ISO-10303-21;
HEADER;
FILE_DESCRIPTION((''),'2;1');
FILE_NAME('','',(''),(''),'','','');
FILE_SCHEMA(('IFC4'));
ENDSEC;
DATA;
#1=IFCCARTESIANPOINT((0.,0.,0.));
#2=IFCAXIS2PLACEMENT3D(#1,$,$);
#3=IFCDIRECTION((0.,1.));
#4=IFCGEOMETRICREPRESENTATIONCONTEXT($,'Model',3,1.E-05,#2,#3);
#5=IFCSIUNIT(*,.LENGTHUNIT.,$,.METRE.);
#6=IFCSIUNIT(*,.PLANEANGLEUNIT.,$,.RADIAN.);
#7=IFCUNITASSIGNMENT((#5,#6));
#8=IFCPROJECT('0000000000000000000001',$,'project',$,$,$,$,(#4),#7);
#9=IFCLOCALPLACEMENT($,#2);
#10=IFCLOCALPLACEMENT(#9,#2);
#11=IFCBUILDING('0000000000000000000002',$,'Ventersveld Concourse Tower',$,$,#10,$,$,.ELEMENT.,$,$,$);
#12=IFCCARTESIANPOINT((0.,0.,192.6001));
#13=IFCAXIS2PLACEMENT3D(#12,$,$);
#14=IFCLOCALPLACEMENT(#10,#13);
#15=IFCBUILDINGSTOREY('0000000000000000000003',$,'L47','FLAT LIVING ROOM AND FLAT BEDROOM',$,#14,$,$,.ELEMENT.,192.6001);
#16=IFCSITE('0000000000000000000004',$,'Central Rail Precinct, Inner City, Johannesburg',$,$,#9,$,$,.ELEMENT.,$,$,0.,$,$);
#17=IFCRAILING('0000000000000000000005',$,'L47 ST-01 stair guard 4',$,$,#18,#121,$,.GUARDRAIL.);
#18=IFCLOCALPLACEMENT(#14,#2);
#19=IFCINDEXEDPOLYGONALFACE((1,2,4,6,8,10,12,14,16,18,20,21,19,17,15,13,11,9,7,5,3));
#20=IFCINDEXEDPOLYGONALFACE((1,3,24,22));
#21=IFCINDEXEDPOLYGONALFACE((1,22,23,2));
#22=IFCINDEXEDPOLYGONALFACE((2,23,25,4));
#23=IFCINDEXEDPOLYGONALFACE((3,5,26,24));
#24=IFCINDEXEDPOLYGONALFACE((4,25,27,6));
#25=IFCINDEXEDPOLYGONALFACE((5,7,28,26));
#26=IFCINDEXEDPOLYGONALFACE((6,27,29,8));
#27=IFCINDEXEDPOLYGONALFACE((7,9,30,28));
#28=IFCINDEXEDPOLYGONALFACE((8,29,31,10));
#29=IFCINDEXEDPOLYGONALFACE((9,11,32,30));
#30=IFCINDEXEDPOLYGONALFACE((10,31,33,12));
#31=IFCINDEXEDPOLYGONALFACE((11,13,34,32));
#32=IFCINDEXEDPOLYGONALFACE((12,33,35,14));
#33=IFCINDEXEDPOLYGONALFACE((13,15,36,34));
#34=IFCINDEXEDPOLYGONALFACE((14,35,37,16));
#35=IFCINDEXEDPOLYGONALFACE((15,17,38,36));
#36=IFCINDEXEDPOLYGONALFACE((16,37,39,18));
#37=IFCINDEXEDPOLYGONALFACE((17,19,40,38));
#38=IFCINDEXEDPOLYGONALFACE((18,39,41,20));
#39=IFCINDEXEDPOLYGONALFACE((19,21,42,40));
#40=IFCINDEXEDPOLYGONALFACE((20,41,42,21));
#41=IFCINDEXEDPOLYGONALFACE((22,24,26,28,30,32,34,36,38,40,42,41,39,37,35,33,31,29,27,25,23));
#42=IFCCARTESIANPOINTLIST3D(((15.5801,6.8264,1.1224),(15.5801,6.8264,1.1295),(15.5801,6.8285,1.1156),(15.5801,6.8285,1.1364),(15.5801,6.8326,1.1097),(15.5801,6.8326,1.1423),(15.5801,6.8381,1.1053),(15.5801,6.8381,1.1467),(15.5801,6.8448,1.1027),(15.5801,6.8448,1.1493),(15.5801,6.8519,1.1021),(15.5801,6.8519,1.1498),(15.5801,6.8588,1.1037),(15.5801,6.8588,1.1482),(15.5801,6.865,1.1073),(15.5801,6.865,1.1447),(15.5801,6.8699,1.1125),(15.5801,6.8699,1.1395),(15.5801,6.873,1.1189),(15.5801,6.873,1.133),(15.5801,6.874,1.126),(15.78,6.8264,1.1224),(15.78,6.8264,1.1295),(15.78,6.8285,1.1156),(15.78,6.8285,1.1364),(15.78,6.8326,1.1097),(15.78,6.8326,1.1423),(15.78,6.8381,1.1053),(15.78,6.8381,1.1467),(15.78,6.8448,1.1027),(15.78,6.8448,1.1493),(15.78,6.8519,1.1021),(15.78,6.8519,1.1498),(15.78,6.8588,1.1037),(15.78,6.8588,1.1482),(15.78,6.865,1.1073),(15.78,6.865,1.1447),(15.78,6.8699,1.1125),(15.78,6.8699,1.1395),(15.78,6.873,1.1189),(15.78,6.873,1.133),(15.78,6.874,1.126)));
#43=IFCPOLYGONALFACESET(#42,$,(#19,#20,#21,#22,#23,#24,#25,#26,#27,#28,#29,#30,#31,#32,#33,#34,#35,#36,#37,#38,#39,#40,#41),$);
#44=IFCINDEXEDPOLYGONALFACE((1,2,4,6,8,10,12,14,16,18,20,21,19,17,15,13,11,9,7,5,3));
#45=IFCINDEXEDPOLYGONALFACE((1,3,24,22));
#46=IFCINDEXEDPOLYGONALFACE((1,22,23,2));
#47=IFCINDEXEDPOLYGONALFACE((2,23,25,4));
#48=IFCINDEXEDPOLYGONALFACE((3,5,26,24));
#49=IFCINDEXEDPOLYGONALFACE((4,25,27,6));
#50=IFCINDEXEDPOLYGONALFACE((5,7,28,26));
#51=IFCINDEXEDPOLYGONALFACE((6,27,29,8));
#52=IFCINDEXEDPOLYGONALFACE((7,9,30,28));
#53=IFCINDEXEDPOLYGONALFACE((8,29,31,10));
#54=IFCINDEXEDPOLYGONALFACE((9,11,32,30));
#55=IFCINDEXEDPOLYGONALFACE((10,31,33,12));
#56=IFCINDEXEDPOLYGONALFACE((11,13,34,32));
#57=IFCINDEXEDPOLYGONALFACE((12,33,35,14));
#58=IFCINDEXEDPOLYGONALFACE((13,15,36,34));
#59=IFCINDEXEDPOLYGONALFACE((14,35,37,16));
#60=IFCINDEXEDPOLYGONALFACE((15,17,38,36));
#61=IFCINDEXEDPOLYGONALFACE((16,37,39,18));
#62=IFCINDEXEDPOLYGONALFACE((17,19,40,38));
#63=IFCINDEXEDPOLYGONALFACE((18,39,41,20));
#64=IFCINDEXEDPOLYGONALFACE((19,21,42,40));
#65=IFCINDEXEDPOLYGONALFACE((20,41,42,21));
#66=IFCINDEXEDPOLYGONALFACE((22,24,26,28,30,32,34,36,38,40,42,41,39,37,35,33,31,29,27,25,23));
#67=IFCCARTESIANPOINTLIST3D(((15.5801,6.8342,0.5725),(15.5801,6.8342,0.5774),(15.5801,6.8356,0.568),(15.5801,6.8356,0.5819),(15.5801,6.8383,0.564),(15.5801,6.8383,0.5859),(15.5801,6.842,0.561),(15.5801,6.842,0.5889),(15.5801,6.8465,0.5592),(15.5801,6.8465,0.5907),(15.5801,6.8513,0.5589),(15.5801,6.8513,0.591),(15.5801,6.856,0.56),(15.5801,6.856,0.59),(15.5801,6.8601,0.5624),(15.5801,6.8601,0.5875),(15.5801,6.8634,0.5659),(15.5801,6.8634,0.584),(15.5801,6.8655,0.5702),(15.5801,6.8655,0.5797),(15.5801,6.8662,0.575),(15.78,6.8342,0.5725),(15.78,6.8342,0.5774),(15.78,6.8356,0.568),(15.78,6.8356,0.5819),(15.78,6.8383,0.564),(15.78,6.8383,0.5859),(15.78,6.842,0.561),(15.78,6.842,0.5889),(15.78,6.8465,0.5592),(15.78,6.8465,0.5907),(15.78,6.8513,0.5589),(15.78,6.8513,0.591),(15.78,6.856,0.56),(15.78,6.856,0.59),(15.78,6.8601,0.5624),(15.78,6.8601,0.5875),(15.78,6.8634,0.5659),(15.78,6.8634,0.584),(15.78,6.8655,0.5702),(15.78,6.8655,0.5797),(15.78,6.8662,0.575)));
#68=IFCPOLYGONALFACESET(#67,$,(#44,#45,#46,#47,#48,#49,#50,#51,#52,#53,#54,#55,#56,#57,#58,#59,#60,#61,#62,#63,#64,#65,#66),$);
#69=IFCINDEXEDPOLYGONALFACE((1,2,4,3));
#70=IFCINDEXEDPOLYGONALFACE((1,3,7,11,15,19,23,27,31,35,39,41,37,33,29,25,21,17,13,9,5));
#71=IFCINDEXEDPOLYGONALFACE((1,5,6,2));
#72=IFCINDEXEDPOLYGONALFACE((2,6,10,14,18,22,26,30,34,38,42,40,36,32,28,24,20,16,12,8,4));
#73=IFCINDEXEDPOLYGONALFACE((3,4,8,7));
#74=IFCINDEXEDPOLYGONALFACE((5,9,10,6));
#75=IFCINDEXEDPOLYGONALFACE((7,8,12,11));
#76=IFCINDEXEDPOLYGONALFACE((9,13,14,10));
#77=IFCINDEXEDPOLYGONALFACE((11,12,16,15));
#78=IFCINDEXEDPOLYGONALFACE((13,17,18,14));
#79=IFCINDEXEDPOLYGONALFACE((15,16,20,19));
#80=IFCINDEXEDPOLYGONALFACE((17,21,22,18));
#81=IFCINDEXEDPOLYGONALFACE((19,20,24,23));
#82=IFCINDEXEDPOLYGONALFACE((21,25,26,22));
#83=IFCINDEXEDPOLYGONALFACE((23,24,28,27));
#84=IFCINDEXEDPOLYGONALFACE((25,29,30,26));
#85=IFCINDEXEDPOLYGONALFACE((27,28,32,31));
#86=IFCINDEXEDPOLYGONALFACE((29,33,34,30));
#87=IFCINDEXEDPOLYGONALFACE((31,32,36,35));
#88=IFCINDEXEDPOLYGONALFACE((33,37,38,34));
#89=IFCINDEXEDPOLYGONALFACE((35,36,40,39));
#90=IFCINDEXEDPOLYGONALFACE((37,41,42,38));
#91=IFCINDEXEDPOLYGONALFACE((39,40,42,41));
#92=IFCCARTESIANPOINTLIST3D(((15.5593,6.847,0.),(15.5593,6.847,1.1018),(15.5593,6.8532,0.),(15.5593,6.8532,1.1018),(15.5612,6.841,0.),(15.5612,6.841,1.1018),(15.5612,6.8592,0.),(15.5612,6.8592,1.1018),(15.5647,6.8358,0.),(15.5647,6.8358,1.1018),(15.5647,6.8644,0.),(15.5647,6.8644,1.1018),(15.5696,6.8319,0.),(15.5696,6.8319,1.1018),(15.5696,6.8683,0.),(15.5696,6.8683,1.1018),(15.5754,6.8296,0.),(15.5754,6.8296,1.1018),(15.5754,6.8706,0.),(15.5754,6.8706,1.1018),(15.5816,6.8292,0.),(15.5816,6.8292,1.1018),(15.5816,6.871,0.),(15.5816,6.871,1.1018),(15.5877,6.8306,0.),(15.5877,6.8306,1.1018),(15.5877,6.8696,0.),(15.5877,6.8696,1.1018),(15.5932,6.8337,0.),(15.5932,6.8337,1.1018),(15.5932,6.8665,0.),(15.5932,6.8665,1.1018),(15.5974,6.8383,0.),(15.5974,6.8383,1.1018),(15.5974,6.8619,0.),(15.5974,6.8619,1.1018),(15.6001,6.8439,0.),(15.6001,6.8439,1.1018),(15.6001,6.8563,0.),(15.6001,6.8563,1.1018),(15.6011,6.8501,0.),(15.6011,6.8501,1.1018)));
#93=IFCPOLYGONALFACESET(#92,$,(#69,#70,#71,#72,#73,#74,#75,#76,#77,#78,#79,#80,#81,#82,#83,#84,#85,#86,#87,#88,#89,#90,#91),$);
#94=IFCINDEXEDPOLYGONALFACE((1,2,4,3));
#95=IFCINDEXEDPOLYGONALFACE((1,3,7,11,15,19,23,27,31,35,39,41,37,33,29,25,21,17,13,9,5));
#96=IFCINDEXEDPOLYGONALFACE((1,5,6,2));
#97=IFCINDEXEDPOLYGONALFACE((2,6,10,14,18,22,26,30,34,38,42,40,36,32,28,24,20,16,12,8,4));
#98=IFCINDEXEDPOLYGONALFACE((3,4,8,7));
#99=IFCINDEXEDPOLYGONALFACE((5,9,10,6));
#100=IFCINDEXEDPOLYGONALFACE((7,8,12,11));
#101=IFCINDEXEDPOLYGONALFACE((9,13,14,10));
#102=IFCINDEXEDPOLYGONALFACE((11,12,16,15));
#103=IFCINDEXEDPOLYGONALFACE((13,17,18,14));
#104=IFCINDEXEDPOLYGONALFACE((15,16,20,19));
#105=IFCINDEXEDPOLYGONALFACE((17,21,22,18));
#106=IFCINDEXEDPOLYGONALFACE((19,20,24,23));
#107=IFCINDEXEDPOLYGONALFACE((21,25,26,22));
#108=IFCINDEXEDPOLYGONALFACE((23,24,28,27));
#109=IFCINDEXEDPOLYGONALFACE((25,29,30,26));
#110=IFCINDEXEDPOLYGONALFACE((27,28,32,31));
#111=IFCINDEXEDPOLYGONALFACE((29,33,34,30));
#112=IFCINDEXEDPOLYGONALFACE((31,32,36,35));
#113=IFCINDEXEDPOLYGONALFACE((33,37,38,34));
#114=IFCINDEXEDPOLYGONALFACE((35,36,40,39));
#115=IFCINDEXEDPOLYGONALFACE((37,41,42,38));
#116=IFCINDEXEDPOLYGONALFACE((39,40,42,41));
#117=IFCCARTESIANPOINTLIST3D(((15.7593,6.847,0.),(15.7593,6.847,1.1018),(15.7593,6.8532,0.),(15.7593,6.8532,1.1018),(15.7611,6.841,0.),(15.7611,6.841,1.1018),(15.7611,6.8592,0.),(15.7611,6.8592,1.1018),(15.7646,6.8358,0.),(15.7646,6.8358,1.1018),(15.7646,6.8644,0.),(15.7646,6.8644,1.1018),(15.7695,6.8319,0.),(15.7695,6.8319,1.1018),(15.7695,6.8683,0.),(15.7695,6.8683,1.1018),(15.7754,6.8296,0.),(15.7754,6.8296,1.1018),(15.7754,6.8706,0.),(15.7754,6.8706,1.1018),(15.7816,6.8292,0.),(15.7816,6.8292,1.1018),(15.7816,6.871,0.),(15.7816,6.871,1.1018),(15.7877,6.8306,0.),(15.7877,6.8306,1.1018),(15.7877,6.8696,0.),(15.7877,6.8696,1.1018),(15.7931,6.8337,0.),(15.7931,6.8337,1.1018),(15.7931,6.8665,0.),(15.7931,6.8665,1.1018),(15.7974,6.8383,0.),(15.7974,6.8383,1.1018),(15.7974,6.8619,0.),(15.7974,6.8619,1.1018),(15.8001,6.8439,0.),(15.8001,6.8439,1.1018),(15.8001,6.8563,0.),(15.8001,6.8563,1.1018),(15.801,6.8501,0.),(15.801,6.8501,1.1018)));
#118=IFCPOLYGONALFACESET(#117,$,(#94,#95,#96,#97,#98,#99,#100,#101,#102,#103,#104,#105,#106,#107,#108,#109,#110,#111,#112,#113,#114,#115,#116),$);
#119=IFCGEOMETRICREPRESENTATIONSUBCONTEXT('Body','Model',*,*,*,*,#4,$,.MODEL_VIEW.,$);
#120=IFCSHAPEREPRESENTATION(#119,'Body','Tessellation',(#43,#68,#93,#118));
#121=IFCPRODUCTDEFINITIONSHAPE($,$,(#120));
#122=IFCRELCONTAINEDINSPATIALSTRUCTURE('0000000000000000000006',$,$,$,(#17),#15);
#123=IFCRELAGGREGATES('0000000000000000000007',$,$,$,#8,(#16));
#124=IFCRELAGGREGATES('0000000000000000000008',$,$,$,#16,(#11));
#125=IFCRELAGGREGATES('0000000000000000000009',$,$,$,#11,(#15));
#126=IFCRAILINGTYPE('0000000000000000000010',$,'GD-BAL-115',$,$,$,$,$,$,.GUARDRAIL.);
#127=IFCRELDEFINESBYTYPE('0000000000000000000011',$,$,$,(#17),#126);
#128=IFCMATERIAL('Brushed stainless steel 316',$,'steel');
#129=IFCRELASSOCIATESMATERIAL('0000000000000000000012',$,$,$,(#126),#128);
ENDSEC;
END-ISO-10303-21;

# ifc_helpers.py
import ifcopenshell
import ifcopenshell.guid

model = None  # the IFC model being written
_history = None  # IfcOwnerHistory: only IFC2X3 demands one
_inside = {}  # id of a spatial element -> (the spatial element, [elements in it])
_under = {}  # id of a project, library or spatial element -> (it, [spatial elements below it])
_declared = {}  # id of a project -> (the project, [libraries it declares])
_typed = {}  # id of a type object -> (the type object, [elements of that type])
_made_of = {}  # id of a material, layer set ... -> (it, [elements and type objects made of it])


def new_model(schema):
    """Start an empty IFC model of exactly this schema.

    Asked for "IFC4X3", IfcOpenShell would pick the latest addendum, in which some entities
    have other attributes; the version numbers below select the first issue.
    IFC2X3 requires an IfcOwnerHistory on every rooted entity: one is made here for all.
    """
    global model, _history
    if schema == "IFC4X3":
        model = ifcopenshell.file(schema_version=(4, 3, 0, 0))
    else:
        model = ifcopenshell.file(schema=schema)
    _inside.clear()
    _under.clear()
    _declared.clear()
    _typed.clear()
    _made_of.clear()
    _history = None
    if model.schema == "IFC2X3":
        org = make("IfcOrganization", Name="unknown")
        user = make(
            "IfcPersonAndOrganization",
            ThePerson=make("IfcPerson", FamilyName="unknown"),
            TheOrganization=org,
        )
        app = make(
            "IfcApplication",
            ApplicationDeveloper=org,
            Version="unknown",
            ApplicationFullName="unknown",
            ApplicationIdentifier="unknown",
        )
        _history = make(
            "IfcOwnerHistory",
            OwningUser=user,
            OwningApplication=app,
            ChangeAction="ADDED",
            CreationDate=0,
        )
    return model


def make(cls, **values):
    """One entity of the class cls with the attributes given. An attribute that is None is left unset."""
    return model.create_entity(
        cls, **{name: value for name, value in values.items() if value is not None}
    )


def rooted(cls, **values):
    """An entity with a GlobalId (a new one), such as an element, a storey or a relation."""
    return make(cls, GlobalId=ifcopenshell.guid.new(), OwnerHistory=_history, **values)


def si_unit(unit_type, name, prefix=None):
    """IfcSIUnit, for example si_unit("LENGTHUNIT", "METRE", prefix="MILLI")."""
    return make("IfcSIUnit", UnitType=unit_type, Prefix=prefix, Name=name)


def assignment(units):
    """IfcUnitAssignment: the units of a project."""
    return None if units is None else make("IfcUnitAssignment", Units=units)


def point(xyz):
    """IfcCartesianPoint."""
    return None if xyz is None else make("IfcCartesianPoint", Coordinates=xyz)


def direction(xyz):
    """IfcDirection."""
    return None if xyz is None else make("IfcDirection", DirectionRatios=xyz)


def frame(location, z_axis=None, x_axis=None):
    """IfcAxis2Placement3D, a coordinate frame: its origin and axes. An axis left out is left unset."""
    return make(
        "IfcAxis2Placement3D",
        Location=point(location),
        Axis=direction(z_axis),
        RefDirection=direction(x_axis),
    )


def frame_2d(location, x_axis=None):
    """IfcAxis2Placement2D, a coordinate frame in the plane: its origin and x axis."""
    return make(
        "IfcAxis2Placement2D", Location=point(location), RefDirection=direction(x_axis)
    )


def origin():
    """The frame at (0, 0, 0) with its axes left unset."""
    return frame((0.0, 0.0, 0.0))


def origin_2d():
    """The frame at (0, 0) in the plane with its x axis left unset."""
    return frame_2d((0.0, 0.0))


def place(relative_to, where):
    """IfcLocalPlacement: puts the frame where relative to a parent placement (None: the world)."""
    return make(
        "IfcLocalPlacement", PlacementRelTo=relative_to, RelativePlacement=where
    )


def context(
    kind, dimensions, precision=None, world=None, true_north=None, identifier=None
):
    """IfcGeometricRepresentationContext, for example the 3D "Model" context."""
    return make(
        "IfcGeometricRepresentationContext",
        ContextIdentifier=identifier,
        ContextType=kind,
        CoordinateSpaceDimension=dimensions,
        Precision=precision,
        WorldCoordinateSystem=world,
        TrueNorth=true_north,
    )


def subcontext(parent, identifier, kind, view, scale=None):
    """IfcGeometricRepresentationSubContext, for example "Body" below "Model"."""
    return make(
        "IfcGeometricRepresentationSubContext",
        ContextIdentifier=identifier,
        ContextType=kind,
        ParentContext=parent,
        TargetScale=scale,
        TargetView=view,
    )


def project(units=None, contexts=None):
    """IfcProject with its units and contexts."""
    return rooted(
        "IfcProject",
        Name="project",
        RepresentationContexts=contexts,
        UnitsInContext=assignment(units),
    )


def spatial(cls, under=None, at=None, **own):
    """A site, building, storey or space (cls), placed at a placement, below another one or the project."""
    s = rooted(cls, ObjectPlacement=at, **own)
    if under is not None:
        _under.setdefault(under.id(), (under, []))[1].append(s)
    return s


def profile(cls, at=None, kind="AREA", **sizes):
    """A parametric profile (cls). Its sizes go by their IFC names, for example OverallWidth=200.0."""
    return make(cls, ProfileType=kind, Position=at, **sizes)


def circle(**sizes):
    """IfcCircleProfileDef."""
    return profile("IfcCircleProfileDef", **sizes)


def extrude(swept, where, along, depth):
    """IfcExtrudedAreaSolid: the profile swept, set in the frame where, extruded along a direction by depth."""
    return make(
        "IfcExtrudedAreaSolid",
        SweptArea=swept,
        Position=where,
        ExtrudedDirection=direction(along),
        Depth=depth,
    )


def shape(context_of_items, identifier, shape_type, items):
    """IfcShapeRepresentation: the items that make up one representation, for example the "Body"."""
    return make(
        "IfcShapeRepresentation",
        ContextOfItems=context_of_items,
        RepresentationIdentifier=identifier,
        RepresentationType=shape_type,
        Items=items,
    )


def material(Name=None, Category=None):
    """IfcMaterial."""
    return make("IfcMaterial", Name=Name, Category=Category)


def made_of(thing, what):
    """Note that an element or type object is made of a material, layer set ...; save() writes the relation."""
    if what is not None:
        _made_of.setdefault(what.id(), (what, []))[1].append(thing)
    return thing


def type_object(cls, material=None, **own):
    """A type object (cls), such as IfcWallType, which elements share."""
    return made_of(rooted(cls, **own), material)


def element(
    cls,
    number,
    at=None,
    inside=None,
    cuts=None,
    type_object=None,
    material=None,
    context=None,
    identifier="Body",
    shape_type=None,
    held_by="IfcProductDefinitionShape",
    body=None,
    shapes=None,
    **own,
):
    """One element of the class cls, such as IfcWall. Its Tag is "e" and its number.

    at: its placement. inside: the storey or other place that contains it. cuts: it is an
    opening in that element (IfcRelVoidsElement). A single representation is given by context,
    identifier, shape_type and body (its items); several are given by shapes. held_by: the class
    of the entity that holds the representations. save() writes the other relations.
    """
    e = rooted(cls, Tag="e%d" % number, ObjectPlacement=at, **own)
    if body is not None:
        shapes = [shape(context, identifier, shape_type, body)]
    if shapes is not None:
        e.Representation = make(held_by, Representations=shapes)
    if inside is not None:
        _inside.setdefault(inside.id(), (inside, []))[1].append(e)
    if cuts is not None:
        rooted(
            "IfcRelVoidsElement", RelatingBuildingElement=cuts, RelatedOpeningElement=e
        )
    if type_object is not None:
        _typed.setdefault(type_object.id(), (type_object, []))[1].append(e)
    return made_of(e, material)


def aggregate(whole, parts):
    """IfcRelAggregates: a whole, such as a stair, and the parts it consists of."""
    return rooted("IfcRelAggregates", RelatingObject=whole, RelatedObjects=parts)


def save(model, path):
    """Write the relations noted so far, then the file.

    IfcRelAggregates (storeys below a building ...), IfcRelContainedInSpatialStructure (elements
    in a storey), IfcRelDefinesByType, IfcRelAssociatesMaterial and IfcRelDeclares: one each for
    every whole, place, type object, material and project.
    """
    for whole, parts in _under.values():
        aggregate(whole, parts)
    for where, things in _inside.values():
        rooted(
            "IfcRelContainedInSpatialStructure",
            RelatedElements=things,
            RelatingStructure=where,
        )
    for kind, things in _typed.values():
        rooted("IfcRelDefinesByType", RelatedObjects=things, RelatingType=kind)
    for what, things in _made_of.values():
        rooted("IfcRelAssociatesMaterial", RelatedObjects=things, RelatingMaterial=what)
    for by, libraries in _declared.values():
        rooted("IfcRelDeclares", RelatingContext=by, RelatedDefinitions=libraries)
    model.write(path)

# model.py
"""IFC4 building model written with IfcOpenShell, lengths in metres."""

from ifc_helpers import new_model, si_unit, direction, frame, origin, origin_2d, place, context, subcontext, project, spatial, circle, extrude, material, type_object, element, save


model = new_model("IFC4")

# Units and contexts
model_context = context("Model", 3, precision=1e-05, world=origin(), true_north=direction((0.0, 1.0)))
body_context = subcontext(model_context, "Body", "Model", "MODEL_VIEW")
ifc_project = project(units=[si_unit("LENGTHUNIT", "METRE"), si_unit("PLANEANGLEUNIT", "RADIAN")], contexts=[model_context])

# Site, building, storey
site_placement = place(None, origin())
site = spatial("IfcSite", under=ifc_project, at=site_placement, Name="Central Rail Precinct, Inner City, Johannesburg", CompositionType="ELEMENT", RefElevation=0.0)
building_placement = place(site_placement, origin())
building = spatial("IfcBuilding", under=site, at=building_placement, Name="Ventersveld Concourse Tower", CompositionType="ELEMENT")
storey_placement = place(building_placement, frame((0.0, 0.0, 192.6001)))
storey = spatial("IfcBuildingStorey", under=building, at=storey_placement, Name="L47", Description="FLAT LIVING ROOM AND FLAT BEDROOM", CompositionType="ELEMENT", Elevation=192.6001)

# Shared definitions
ifc_material_1 = material(Name="Brushed stainless steel 316", Category="steel")

# Railing
railing_type_1 = type_object("IfcRailingType", Name="GD-BAL-115", PredefinedType="GUARDRAIL", material=ifc_material_1)
railing_1_placement = place(storey_placement, frame((15.5801, 6.8501, 0.0)))
element("IfcRailing", 1, at=railing_1_placement, inside=storey, type_object=railing_type_1, Name="L47 ST-01 stair guard 4", PredefinedType="GUARDRAIL", context=body_context, shape_type="SweptSolid", body=[
    extrude(circle(Radius=0.0239, at=origin_2d()), frame((0.0, 0.0, 1.126), z_axis=(1.0, 0.0, 0.0), x_axis=(0.0, 1.0, 0.0)), (0.0, 0.0, 1.0), 0.2),
    extrude(circle(Radius=0.0161, at=origin_2d()), frame((0.0, 0.0, 0.575), z_axis=(1.0, 0.0, 0.0), x_axis=(0.0, 1.0, 0.0)), (0.0, 0.0, 1.0), 0.2),
    extrude(circle(Radius=0.021, at=origin_2d()), origin(), (0.0, 0.0, 1.0), 1.1018),
    extrude(circle(Radius=0.021, at=origin_2d()), frame((0.2, 0.0, 0.0)), (0.0, 0.0, 1.0), 1.1018),
])

save(model, "model.ifc")
